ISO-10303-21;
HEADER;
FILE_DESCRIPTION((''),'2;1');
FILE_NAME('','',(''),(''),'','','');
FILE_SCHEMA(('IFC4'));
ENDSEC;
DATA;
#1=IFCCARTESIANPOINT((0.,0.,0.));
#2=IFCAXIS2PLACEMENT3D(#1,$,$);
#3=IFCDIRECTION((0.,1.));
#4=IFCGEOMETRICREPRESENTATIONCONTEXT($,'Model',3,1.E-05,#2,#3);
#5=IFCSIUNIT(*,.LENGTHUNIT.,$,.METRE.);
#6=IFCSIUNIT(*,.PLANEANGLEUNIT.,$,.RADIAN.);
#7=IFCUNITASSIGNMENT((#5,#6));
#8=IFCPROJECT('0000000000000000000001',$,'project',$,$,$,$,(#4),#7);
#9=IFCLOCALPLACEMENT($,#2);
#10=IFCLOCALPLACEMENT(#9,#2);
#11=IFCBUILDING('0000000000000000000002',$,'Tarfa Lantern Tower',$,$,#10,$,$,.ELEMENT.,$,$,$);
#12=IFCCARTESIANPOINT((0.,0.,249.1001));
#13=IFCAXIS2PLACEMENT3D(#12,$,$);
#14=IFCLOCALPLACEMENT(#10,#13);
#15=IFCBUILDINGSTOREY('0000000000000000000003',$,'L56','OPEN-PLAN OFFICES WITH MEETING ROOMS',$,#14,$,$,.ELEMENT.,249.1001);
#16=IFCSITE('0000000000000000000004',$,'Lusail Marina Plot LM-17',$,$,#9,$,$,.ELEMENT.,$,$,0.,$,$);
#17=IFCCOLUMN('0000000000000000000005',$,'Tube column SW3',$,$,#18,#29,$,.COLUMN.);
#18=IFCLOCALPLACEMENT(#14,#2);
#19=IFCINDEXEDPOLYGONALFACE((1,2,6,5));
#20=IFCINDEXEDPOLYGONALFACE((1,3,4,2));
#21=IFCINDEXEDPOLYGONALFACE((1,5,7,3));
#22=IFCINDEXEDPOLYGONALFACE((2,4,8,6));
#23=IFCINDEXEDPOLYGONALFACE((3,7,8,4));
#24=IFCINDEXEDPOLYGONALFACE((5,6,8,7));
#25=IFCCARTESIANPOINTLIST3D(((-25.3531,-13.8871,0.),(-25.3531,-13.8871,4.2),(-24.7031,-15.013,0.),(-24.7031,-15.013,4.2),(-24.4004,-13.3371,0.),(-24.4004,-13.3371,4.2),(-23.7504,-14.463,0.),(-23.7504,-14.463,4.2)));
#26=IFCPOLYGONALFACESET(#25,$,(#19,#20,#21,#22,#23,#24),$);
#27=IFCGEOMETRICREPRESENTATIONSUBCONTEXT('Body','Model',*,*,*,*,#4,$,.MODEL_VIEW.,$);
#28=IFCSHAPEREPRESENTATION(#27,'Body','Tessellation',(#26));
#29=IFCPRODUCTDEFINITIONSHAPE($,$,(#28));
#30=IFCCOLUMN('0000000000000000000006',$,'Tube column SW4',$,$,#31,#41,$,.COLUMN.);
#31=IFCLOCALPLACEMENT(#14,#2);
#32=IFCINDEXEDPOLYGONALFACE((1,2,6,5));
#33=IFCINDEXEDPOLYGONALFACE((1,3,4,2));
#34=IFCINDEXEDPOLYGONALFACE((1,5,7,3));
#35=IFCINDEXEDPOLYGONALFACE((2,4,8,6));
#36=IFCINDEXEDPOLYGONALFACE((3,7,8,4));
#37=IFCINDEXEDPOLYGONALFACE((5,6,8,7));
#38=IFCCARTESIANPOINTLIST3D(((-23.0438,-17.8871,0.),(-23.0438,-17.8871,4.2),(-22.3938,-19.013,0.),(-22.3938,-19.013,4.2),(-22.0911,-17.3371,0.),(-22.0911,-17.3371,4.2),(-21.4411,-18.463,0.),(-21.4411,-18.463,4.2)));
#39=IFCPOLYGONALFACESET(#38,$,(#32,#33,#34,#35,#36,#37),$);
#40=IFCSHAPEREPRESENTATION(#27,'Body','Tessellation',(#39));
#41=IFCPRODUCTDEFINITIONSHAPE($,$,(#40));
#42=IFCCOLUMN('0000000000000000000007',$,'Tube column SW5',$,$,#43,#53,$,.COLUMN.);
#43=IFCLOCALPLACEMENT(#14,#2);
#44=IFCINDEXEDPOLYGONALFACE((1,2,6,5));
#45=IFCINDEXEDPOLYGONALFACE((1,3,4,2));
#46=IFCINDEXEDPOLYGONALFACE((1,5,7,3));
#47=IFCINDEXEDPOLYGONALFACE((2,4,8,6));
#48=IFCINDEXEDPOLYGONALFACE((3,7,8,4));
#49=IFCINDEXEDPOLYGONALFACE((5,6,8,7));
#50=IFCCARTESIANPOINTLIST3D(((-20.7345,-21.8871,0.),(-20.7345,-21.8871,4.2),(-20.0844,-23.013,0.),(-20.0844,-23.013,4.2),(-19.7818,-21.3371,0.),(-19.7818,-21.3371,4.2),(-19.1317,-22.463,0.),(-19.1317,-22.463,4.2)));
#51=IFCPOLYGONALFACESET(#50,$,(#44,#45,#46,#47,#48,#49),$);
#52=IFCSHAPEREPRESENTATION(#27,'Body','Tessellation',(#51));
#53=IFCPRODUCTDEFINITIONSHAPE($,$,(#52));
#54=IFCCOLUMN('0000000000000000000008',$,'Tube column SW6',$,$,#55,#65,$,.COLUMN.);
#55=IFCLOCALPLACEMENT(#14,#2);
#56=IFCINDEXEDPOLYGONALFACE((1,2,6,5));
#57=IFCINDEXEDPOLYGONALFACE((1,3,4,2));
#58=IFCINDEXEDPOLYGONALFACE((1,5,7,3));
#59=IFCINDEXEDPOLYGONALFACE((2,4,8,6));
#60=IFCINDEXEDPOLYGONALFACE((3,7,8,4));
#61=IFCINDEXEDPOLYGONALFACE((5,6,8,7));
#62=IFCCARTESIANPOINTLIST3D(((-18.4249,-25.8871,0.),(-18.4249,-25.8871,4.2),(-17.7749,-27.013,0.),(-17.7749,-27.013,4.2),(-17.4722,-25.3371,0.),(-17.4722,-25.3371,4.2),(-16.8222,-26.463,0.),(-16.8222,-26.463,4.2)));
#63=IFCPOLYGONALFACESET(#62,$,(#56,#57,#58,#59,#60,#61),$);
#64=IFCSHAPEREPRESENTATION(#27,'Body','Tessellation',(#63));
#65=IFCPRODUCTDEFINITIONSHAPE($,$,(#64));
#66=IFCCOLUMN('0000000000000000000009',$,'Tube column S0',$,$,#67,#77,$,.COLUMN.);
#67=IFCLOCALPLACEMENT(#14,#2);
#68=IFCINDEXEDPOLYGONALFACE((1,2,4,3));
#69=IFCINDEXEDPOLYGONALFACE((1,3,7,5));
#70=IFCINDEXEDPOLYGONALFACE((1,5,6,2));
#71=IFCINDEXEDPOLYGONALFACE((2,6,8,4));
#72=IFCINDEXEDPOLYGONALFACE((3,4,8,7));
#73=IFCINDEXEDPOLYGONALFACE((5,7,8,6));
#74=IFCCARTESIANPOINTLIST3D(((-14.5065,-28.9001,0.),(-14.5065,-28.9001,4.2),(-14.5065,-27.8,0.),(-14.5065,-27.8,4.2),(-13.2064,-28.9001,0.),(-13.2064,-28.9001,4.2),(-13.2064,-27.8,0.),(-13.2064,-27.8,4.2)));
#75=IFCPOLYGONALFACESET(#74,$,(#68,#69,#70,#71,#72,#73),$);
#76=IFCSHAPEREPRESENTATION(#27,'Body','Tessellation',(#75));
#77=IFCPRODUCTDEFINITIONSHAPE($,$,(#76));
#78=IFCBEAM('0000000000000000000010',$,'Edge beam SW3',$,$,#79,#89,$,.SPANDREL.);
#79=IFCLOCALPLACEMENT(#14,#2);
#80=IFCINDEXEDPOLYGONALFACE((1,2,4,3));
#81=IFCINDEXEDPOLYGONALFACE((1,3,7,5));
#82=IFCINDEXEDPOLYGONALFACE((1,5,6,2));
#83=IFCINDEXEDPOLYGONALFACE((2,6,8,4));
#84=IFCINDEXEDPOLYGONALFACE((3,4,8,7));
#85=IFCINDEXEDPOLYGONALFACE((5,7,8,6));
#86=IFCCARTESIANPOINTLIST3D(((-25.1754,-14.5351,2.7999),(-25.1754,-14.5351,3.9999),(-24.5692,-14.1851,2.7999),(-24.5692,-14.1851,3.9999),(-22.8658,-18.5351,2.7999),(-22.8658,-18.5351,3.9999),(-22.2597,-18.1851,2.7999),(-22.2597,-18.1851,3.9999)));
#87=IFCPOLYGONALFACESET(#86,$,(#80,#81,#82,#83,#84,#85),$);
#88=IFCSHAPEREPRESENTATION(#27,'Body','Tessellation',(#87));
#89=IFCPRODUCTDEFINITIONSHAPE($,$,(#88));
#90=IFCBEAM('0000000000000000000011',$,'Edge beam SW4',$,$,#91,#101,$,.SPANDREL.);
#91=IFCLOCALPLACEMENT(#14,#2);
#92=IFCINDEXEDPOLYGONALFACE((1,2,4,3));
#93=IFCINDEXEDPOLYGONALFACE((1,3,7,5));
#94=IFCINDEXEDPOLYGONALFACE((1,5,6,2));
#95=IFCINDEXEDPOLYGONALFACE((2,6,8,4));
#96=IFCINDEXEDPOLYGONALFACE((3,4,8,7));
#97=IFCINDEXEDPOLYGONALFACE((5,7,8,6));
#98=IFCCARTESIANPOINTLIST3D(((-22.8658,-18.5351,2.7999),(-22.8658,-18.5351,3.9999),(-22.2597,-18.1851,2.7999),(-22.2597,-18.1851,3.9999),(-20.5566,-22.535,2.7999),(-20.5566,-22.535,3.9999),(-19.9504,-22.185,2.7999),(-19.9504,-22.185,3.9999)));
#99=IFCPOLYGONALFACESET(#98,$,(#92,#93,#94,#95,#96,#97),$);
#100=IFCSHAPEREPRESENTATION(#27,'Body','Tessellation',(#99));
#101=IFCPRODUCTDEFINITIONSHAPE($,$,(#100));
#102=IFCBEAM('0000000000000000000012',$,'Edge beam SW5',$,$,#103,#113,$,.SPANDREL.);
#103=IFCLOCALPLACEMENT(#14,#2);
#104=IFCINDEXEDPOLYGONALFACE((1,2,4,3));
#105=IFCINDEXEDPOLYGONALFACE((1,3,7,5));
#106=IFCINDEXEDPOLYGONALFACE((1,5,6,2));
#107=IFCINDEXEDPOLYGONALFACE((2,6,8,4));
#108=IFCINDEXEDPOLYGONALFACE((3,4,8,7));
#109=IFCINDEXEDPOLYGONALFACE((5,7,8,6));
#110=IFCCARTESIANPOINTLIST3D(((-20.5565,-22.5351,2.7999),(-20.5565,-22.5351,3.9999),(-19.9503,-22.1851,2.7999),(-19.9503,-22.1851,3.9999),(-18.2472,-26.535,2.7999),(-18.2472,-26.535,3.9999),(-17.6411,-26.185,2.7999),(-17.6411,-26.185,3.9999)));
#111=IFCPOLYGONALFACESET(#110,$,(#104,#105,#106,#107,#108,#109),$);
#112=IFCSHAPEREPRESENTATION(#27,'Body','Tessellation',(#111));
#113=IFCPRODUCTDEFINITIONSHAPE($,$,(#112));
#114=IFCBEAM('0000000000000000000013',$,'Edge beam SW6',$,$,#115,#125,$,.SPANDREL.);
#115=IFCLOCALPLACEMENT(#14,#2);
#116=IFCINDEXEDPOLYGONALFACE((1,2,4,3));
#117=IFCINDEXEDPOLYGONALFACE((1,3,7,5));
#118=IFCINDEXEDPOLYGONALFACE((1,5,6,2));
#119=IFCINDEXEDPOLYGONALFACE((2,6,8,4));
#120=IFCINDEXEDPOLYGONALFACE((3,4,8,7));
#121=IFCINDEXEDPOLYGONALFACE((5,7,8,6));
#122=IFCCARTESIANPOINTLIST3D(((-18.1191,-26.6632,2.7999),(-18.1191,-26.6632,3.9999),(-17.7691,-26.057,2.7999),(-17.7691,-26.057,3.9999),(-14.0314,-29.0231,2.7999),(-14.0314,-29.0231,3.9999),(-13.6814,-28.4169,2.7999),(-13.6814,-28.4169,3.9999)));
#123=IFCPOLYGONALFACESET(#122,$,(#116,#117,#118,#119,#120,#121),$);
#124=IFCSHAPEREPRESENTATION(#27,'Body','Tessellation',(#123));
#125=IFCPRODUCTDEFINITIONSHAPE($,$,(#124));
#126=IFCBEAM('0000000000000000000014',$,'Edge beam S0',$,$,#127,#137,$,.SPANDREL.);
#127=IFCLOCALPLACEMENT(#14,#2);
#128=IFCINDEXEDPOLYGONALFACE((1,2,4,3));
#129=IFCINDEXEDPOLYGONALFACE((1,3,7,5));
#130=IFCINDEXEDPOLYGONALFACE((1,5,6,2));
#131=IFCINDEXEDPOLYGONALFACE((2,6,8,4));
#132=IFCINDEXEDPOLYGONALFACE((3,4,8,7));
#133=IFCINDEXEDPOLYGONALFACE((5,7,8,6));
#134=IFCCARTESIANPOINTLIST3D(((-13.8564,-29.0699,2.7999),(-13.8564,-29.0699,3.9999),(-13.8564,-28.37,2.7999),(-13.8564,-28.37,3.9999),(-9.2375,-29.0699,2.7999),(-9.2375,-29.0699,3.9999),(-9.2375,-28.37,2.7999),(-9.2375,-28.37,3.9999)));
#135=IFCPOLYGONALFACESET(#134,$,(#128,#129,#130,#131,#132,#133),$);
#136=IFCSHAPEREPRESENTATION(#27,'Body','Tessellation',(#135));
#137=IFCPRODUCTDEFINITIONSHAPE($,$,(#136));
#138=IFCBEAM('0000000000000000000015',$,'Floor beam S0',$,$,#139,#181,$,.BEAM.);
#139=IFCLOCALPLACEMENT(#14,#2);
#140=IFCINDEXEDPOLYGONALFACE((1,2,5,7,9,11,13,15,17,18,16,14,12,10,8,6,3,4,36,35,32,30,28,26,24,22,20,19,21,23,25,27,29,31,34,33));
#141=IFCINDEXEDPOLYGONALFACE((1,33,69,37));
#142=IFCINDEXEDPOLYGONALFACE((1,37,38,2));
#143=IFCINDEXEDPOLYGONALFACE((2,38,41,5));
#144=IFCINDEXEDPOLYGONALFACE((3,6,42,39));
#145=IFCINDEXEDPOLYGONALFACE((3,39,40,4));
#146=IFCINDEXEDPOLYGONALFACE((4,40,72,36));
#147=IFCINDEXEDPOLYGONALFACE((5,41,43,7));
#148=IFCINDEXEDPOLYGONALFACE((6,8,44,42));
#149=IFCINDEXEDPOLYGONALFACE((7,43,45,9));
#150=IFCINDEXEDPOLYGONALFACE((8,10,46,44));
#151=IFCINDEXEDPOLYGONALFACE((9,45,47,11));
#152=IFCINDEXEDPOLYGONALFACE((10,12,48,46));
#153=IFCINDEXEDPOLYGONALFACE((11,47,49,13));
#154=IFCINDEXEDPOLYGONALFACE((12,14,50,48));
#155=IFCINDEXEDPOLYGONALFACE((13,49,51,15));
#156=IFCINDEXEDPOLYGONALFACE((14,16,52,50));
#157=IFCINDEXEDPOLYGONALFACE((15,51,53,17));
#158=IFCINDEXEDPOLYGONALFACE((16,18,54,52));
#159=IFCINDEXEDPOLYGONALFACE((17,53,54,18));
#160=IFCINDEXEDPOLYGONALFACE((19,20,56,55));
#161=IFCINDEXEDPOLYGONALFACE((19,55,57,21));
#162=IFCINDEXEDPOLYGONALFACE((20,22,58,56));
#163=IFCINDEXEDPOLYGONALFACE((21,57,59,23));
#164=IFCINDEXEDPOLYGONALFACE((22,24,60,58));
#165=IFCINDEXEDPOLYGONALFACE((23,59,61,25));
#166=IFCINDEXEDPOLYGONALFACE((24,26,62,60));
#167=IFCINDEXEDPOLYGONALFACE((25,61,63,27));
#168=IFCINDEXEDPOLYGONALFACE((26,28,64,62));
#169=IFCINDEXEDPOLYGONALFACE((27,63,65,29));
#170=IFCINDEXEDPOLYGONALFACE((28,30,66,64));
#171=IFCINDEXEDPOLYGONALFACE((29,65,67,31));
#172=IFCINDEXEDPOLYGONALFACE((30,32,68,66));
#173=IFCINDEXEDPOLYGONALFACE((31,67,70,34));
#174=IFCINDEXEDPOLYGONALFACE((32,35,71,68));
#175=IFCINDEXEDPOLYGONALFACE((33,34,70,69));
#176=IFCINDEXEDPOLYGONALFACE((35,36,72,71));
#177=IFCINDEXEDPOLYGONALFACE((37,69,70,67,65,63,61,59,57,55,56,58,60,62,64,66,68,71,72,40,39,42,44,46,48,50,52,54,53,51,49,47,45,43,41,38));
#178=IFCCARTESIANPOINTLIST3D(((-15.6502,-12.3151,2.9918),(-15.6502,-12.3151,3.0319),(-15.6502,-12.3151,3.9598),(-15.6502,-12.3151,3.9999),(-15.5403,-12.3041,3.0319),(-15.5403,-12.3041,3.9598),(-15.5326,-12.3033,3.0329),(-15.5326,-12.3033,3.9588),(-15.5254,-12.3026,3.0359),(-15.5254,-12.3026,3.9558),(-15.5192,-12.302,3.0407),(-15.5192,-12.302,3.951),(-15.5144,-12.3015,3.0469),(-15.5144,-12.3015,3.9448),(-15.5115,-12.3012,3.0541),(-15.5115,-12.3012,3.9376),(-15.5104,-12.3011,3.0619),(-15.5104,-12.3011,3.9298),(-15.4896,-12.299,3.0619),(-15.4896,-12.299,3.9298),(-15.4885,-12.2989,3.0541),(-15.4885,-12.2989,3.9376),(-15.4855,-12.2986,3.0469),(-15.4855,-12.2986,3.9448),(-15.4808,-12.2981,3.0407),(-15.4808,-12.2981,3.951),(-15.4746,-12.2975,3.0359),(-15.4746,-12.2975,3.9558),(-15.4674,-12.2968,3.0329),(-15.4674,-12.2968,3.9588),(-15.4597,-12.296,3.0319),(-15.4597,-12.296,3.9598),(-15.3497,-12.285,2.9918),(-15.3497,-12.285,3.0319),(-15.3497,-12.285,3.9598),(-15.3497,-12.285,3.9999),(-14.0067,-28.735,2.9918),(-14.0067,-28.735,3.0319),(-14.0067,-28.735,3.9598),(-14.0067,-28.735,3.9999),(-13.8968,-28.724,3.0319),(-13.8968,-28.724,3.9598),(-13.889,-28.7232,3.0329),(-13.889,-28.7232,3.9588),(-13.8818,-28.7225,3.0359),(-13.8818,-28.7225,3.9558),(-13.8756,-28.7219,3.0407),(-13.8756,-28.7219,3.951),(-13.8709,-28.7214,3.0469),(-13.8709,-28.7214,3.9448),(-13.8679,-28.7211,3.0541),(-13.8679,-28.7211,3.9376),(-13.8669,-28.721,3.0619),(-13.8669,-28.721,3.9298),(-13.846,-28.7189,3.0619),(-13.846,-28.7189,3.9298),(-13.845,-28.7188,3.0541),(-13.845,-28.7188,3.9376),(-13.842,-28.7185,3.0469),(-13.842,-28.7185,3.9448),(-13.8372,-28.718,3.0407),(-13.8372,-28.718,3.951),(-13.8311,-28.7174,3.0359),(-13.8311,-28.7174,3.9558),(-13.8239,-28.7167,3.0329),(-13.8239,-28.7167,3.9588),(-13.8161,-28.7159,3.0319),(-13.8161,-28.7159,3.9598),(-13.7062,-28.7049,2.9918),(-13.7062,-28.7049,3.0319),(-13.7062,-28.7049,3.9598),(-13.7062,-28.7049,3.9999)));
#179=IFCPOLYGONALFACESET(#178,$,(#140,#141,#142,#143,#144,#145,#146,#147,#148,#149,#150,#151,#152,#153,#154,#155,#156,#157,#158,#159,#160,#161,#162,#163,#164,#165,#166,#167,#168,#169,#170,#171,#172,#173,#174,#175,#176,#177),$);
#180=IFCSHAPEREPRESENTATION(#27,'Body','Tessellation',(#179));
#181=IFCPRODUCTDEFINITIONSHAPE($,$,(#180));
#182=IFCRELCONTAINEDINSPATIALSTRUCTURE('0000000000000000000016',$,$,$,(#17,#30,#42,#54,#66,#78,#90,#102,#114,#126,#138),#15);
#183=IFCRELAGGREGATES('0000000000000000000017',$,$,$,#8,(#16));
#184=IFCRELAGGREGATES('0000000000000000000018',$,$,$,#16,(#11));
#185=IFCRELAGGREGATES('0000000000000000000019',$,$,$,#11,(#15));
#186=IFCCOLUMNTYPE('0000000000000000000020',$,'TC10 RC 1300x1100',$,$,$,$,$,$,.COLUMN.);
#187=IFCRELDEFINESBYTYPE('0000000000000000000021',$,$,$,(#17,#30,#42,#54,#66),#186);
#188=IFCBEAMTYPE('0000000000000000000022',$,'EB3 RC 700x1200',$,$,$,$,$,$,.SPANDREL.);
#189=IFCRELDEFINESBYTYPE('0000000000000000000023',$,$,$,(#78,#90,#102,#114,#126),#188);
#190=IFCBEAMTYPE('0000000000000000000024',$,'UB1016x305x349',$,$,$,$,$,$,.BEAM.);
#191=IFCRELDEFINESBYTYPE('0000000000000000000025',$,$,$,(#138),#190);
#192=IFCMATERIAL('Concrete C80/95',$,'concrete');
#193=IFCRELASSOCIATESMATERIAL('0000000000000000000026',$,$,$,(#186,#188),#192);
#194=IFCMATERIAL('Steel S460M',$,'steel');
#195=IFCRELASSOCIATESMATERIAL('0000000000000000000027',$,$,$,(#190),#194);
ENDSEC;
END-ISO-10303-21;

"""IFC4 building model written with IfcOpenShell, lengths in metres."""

from ifc_helpers import new_model, si_unit, direction, frame, origin, origin_2d, place, context, subcontext, project, spatial, rectangle, i_section, extrude, material, material_profile, profile_set, type_object, element, save


model = new_model("IFC4")

# Units and contexts
model_context = context("Model", 3, precision=1e-05, world=origin(), true_north=direction((0.0, 1.0)))
body_context = subcontext(model_context, "Body", "Model", "MODEL_VIEW")
ifc_project = project(units=[si_unit("LENGTHUNIT", "METRE"), si_unit("PLANEANGLEUNIT", "RADIAN")], contexts=[model_context])

# Site, building, storey
site_placement = place(None, origin())
site = spatial("IfcSite", under=ifc_project, at=site_placement, Name="Lusail Marina Plot LM-17", CompositionType="ELEMENT", RefElevation=0.0)
building_placement = place(site_placement, origin())
building = spatial("IfcBuilding", under=site, at=building_placement, Name="Tarfa Lantern Tower", CompositionType="ELEMENT")
storey_placement = place(building_placement, frame((0.0, 0.0, 249.1001)))
storey = spatial("IfcBuildingStorey", under=building, at=storey_placement, Name="L56", Description="OPEN-PLAN OFFICES WITH MEETING ROOMS", CompositionType="ELEMENT", Elevation=249.1001)

# Columns
ifc_material_1 = material(Name="Concrete C80/95", Category="concrete")
ifc_material_profile_1 = material_profile(ifc_material_1, rectangle(XDim=1.3, YDim=1.1001, at=origin_2d()), Name="RC 1300x1100")
ifc_profile_set_1 = profile_set([ifc_material_profile_1], Name="Concrete C80/95")
column_type = type_object("IfcColumnType", Name="TC10 RC 1300x1100", PredefinedType="COLUMN", material=ifc_profile_set_1)
for number, where, z_axis, x_axis, name in (
    (1, (-24.5518, -14.175, 0.0), (0.0, 0.0, 1.0), (0.5, -0.866025, 0.0), "Tube column SW3"),
    (2, (-22.2424, -18.175, 0.0), (0.0, 0.0, 1.0), (0.5, -0.866025, 0.0), "Tube column SW4"),
    (3, (-19.9331, -22.175, 0.0), (0.0, 0.0, 1.0), (0.5, -0.866025, 0.0), "Tube column SW5"),
    (4, (-17.6235, -26.175, 0.0), (0.0, 0.0, 1.0), (0.5, -0.866025, 0.0), "Tube column SW6"),
    (5, (-13.8564, -28.3501, 0.0), (0.0, 0.0, 1.0), (1.0, 0.0, 0.0), "Tube column S0"),
):
    element("IfcColumn", number, at=place(storey_placement, frame(where, z_axis=z_axis, x_axis=x_axis)), inside=storey, type_object=column_type, Name=name, PredefinedType="COLUMN", context=body_context, shape_type="SweptSolid", body=[
        extrude(rectangle(XDim=1.3, YDim=1.1001, at=origin_2d()), origin(), (0.0, 0.0, 1.0), 4.2),
    ])

# Beams
ifc_material_profile_2 = material_profile(ifc_material_1, rectangle(XDim=0.7, YDim=1.2, at=origin_2d()), Name="RC 700x1200")
ifc_profile_set_2 = profile_set([ifc_material_profile_2], Name="Concrete C80/95")
beam_type_1 = type_object("IfcBeamType", Name="EB3 RC 700x1200", PredefinedType="SPANDREL", material=ifc_profile_set_2)
beam_1_placement = place(storey_placement, frame((-24.8723, -14.3601, 3.3999), z_axis=(0.500027, -0.86601, 0.0), x_axis=(0.86601, 0.500027, 0.0)))
element("IfcBeam", 6, at=beam_1_placement, inside=storey, type_object=beam_type_1, Name="Edge beam SW3", PredefinedType="SPANDREL", context=body_context, shape_type="SweptSolid", body=[
    extrude(rectangle(XDim=0.7, YDim=1.2, at=origin_2d()), origin(), (0.0, 0.0, 1.0), 4.6189),
])
for number, where, z_axis, x_axis, name in (
    (7, (-22.5627, -18.3601, 3.3999), (0.499988, -0.866032, 0.0), (0.866032, 0.499988, 0.0), "Edge beam SW4"),
    (8, (-20.2534, -22.3601, 3.3999), (0.499988, -0.866032, 0.0), (0.866032, 0.499988, 0.0), "Edge beam SW5"),
):
    element("IfcBeam", number, at=place(storey_placement, frame(where, z_axis=z_axis, x_axis=x_axis)), inside=storey, type_object=beam_type_1, Name=name, PredefinedType="SPANDREL", context=body_context, shape_type="SweptSolid", body=[
        extrude(rectangle(XDim=0.7, YDim=1.2, at=origin_2d()), origin(), (0.0, 0.0, 1.0), 4.6187),
    ])
beam_2_placement = place(storey_placement, frame((-17.9441, -26.3601, 3.3999), z_axis=(0.866038, -0.499978, 0.0), x_axis=(0.499978, 0.866038, 0.0)))
element("IfcBeam", 9, at=beam_2_placement, inside=storey, type_object=beam_type_1, Name="Edge beam SW6", PredefinedType="SPANDREL", context=body_context, shape_type="SweptSolid", body=[
    extrude(rectangle(XDim=0.7, YDim=1.2, at=origin_2d()), origin(), (0.0, 0.0, 1.0), 4.72),
])
beam_3_placement = place(storey_placement, frame((-13.8564, -28.72, 3.3999), z_axis=(1.0, 0.0, 0.0), x_axis=(0.0, 1.0, 0.0)))
element("IfcBeam", 10, at=beam_3_placement, inside=storey, type_object=beam_type_1, Name="Edge beam S0", PredefinedType="SPANDREL", context=body_context, shape_type="SweptSolid", body=[
    extrude(rectangle(XDim=0.7, YDim=1.2, at=origin_2d()), origin(), (0.0, 0.0, 1.0), 4.6189),
])
ifc_material_2 = material(Name="Steel S460M", Category="steel")
ifc_material_profile_3 = material_profile(ifc_material_2, i_section(OverallWidth=0.302, OverallDepth=1.0081, WebThickness=0.021, FlangeThickness=0.04, FilletRadius=0.03, at=origin_2d()), Name="UB1016x305x349")
ifc_profile_set_3 = profile_set([ifc_material_profile_3], Name="Steel S460M")
beam_type_2 = type_object("IfcBeamType", Name="UB1016x305x349", PredefinedType="BEAM", material=ifc_profile_set_3)
beam_4_placement = place(storey_placement, frame((-13.8564, -28.72, 3.4958), z_axis=(-0.099597, 0.995028, 0.0), x_axis=(-0.995028, -0.099597, 0.0)))
element("IfcBeam", 11, at=beam_4_placement, inside=storey, type_object=beam_type_2, Name="Floor beam S0", PredefinedType="BEAM", context=body_context, shape_type="SweptSolid", body=[
    extrude(i_section(OverallWidth=0.302, OverallDepth=1.0081, WebThickness=0.021, FlangeThickness=0.04, FilletRadius=0.03, at=origin_2d()), origin(), (0.0, 0.0, 1.0), 16.502),
])

save(model, "model.ifc")
